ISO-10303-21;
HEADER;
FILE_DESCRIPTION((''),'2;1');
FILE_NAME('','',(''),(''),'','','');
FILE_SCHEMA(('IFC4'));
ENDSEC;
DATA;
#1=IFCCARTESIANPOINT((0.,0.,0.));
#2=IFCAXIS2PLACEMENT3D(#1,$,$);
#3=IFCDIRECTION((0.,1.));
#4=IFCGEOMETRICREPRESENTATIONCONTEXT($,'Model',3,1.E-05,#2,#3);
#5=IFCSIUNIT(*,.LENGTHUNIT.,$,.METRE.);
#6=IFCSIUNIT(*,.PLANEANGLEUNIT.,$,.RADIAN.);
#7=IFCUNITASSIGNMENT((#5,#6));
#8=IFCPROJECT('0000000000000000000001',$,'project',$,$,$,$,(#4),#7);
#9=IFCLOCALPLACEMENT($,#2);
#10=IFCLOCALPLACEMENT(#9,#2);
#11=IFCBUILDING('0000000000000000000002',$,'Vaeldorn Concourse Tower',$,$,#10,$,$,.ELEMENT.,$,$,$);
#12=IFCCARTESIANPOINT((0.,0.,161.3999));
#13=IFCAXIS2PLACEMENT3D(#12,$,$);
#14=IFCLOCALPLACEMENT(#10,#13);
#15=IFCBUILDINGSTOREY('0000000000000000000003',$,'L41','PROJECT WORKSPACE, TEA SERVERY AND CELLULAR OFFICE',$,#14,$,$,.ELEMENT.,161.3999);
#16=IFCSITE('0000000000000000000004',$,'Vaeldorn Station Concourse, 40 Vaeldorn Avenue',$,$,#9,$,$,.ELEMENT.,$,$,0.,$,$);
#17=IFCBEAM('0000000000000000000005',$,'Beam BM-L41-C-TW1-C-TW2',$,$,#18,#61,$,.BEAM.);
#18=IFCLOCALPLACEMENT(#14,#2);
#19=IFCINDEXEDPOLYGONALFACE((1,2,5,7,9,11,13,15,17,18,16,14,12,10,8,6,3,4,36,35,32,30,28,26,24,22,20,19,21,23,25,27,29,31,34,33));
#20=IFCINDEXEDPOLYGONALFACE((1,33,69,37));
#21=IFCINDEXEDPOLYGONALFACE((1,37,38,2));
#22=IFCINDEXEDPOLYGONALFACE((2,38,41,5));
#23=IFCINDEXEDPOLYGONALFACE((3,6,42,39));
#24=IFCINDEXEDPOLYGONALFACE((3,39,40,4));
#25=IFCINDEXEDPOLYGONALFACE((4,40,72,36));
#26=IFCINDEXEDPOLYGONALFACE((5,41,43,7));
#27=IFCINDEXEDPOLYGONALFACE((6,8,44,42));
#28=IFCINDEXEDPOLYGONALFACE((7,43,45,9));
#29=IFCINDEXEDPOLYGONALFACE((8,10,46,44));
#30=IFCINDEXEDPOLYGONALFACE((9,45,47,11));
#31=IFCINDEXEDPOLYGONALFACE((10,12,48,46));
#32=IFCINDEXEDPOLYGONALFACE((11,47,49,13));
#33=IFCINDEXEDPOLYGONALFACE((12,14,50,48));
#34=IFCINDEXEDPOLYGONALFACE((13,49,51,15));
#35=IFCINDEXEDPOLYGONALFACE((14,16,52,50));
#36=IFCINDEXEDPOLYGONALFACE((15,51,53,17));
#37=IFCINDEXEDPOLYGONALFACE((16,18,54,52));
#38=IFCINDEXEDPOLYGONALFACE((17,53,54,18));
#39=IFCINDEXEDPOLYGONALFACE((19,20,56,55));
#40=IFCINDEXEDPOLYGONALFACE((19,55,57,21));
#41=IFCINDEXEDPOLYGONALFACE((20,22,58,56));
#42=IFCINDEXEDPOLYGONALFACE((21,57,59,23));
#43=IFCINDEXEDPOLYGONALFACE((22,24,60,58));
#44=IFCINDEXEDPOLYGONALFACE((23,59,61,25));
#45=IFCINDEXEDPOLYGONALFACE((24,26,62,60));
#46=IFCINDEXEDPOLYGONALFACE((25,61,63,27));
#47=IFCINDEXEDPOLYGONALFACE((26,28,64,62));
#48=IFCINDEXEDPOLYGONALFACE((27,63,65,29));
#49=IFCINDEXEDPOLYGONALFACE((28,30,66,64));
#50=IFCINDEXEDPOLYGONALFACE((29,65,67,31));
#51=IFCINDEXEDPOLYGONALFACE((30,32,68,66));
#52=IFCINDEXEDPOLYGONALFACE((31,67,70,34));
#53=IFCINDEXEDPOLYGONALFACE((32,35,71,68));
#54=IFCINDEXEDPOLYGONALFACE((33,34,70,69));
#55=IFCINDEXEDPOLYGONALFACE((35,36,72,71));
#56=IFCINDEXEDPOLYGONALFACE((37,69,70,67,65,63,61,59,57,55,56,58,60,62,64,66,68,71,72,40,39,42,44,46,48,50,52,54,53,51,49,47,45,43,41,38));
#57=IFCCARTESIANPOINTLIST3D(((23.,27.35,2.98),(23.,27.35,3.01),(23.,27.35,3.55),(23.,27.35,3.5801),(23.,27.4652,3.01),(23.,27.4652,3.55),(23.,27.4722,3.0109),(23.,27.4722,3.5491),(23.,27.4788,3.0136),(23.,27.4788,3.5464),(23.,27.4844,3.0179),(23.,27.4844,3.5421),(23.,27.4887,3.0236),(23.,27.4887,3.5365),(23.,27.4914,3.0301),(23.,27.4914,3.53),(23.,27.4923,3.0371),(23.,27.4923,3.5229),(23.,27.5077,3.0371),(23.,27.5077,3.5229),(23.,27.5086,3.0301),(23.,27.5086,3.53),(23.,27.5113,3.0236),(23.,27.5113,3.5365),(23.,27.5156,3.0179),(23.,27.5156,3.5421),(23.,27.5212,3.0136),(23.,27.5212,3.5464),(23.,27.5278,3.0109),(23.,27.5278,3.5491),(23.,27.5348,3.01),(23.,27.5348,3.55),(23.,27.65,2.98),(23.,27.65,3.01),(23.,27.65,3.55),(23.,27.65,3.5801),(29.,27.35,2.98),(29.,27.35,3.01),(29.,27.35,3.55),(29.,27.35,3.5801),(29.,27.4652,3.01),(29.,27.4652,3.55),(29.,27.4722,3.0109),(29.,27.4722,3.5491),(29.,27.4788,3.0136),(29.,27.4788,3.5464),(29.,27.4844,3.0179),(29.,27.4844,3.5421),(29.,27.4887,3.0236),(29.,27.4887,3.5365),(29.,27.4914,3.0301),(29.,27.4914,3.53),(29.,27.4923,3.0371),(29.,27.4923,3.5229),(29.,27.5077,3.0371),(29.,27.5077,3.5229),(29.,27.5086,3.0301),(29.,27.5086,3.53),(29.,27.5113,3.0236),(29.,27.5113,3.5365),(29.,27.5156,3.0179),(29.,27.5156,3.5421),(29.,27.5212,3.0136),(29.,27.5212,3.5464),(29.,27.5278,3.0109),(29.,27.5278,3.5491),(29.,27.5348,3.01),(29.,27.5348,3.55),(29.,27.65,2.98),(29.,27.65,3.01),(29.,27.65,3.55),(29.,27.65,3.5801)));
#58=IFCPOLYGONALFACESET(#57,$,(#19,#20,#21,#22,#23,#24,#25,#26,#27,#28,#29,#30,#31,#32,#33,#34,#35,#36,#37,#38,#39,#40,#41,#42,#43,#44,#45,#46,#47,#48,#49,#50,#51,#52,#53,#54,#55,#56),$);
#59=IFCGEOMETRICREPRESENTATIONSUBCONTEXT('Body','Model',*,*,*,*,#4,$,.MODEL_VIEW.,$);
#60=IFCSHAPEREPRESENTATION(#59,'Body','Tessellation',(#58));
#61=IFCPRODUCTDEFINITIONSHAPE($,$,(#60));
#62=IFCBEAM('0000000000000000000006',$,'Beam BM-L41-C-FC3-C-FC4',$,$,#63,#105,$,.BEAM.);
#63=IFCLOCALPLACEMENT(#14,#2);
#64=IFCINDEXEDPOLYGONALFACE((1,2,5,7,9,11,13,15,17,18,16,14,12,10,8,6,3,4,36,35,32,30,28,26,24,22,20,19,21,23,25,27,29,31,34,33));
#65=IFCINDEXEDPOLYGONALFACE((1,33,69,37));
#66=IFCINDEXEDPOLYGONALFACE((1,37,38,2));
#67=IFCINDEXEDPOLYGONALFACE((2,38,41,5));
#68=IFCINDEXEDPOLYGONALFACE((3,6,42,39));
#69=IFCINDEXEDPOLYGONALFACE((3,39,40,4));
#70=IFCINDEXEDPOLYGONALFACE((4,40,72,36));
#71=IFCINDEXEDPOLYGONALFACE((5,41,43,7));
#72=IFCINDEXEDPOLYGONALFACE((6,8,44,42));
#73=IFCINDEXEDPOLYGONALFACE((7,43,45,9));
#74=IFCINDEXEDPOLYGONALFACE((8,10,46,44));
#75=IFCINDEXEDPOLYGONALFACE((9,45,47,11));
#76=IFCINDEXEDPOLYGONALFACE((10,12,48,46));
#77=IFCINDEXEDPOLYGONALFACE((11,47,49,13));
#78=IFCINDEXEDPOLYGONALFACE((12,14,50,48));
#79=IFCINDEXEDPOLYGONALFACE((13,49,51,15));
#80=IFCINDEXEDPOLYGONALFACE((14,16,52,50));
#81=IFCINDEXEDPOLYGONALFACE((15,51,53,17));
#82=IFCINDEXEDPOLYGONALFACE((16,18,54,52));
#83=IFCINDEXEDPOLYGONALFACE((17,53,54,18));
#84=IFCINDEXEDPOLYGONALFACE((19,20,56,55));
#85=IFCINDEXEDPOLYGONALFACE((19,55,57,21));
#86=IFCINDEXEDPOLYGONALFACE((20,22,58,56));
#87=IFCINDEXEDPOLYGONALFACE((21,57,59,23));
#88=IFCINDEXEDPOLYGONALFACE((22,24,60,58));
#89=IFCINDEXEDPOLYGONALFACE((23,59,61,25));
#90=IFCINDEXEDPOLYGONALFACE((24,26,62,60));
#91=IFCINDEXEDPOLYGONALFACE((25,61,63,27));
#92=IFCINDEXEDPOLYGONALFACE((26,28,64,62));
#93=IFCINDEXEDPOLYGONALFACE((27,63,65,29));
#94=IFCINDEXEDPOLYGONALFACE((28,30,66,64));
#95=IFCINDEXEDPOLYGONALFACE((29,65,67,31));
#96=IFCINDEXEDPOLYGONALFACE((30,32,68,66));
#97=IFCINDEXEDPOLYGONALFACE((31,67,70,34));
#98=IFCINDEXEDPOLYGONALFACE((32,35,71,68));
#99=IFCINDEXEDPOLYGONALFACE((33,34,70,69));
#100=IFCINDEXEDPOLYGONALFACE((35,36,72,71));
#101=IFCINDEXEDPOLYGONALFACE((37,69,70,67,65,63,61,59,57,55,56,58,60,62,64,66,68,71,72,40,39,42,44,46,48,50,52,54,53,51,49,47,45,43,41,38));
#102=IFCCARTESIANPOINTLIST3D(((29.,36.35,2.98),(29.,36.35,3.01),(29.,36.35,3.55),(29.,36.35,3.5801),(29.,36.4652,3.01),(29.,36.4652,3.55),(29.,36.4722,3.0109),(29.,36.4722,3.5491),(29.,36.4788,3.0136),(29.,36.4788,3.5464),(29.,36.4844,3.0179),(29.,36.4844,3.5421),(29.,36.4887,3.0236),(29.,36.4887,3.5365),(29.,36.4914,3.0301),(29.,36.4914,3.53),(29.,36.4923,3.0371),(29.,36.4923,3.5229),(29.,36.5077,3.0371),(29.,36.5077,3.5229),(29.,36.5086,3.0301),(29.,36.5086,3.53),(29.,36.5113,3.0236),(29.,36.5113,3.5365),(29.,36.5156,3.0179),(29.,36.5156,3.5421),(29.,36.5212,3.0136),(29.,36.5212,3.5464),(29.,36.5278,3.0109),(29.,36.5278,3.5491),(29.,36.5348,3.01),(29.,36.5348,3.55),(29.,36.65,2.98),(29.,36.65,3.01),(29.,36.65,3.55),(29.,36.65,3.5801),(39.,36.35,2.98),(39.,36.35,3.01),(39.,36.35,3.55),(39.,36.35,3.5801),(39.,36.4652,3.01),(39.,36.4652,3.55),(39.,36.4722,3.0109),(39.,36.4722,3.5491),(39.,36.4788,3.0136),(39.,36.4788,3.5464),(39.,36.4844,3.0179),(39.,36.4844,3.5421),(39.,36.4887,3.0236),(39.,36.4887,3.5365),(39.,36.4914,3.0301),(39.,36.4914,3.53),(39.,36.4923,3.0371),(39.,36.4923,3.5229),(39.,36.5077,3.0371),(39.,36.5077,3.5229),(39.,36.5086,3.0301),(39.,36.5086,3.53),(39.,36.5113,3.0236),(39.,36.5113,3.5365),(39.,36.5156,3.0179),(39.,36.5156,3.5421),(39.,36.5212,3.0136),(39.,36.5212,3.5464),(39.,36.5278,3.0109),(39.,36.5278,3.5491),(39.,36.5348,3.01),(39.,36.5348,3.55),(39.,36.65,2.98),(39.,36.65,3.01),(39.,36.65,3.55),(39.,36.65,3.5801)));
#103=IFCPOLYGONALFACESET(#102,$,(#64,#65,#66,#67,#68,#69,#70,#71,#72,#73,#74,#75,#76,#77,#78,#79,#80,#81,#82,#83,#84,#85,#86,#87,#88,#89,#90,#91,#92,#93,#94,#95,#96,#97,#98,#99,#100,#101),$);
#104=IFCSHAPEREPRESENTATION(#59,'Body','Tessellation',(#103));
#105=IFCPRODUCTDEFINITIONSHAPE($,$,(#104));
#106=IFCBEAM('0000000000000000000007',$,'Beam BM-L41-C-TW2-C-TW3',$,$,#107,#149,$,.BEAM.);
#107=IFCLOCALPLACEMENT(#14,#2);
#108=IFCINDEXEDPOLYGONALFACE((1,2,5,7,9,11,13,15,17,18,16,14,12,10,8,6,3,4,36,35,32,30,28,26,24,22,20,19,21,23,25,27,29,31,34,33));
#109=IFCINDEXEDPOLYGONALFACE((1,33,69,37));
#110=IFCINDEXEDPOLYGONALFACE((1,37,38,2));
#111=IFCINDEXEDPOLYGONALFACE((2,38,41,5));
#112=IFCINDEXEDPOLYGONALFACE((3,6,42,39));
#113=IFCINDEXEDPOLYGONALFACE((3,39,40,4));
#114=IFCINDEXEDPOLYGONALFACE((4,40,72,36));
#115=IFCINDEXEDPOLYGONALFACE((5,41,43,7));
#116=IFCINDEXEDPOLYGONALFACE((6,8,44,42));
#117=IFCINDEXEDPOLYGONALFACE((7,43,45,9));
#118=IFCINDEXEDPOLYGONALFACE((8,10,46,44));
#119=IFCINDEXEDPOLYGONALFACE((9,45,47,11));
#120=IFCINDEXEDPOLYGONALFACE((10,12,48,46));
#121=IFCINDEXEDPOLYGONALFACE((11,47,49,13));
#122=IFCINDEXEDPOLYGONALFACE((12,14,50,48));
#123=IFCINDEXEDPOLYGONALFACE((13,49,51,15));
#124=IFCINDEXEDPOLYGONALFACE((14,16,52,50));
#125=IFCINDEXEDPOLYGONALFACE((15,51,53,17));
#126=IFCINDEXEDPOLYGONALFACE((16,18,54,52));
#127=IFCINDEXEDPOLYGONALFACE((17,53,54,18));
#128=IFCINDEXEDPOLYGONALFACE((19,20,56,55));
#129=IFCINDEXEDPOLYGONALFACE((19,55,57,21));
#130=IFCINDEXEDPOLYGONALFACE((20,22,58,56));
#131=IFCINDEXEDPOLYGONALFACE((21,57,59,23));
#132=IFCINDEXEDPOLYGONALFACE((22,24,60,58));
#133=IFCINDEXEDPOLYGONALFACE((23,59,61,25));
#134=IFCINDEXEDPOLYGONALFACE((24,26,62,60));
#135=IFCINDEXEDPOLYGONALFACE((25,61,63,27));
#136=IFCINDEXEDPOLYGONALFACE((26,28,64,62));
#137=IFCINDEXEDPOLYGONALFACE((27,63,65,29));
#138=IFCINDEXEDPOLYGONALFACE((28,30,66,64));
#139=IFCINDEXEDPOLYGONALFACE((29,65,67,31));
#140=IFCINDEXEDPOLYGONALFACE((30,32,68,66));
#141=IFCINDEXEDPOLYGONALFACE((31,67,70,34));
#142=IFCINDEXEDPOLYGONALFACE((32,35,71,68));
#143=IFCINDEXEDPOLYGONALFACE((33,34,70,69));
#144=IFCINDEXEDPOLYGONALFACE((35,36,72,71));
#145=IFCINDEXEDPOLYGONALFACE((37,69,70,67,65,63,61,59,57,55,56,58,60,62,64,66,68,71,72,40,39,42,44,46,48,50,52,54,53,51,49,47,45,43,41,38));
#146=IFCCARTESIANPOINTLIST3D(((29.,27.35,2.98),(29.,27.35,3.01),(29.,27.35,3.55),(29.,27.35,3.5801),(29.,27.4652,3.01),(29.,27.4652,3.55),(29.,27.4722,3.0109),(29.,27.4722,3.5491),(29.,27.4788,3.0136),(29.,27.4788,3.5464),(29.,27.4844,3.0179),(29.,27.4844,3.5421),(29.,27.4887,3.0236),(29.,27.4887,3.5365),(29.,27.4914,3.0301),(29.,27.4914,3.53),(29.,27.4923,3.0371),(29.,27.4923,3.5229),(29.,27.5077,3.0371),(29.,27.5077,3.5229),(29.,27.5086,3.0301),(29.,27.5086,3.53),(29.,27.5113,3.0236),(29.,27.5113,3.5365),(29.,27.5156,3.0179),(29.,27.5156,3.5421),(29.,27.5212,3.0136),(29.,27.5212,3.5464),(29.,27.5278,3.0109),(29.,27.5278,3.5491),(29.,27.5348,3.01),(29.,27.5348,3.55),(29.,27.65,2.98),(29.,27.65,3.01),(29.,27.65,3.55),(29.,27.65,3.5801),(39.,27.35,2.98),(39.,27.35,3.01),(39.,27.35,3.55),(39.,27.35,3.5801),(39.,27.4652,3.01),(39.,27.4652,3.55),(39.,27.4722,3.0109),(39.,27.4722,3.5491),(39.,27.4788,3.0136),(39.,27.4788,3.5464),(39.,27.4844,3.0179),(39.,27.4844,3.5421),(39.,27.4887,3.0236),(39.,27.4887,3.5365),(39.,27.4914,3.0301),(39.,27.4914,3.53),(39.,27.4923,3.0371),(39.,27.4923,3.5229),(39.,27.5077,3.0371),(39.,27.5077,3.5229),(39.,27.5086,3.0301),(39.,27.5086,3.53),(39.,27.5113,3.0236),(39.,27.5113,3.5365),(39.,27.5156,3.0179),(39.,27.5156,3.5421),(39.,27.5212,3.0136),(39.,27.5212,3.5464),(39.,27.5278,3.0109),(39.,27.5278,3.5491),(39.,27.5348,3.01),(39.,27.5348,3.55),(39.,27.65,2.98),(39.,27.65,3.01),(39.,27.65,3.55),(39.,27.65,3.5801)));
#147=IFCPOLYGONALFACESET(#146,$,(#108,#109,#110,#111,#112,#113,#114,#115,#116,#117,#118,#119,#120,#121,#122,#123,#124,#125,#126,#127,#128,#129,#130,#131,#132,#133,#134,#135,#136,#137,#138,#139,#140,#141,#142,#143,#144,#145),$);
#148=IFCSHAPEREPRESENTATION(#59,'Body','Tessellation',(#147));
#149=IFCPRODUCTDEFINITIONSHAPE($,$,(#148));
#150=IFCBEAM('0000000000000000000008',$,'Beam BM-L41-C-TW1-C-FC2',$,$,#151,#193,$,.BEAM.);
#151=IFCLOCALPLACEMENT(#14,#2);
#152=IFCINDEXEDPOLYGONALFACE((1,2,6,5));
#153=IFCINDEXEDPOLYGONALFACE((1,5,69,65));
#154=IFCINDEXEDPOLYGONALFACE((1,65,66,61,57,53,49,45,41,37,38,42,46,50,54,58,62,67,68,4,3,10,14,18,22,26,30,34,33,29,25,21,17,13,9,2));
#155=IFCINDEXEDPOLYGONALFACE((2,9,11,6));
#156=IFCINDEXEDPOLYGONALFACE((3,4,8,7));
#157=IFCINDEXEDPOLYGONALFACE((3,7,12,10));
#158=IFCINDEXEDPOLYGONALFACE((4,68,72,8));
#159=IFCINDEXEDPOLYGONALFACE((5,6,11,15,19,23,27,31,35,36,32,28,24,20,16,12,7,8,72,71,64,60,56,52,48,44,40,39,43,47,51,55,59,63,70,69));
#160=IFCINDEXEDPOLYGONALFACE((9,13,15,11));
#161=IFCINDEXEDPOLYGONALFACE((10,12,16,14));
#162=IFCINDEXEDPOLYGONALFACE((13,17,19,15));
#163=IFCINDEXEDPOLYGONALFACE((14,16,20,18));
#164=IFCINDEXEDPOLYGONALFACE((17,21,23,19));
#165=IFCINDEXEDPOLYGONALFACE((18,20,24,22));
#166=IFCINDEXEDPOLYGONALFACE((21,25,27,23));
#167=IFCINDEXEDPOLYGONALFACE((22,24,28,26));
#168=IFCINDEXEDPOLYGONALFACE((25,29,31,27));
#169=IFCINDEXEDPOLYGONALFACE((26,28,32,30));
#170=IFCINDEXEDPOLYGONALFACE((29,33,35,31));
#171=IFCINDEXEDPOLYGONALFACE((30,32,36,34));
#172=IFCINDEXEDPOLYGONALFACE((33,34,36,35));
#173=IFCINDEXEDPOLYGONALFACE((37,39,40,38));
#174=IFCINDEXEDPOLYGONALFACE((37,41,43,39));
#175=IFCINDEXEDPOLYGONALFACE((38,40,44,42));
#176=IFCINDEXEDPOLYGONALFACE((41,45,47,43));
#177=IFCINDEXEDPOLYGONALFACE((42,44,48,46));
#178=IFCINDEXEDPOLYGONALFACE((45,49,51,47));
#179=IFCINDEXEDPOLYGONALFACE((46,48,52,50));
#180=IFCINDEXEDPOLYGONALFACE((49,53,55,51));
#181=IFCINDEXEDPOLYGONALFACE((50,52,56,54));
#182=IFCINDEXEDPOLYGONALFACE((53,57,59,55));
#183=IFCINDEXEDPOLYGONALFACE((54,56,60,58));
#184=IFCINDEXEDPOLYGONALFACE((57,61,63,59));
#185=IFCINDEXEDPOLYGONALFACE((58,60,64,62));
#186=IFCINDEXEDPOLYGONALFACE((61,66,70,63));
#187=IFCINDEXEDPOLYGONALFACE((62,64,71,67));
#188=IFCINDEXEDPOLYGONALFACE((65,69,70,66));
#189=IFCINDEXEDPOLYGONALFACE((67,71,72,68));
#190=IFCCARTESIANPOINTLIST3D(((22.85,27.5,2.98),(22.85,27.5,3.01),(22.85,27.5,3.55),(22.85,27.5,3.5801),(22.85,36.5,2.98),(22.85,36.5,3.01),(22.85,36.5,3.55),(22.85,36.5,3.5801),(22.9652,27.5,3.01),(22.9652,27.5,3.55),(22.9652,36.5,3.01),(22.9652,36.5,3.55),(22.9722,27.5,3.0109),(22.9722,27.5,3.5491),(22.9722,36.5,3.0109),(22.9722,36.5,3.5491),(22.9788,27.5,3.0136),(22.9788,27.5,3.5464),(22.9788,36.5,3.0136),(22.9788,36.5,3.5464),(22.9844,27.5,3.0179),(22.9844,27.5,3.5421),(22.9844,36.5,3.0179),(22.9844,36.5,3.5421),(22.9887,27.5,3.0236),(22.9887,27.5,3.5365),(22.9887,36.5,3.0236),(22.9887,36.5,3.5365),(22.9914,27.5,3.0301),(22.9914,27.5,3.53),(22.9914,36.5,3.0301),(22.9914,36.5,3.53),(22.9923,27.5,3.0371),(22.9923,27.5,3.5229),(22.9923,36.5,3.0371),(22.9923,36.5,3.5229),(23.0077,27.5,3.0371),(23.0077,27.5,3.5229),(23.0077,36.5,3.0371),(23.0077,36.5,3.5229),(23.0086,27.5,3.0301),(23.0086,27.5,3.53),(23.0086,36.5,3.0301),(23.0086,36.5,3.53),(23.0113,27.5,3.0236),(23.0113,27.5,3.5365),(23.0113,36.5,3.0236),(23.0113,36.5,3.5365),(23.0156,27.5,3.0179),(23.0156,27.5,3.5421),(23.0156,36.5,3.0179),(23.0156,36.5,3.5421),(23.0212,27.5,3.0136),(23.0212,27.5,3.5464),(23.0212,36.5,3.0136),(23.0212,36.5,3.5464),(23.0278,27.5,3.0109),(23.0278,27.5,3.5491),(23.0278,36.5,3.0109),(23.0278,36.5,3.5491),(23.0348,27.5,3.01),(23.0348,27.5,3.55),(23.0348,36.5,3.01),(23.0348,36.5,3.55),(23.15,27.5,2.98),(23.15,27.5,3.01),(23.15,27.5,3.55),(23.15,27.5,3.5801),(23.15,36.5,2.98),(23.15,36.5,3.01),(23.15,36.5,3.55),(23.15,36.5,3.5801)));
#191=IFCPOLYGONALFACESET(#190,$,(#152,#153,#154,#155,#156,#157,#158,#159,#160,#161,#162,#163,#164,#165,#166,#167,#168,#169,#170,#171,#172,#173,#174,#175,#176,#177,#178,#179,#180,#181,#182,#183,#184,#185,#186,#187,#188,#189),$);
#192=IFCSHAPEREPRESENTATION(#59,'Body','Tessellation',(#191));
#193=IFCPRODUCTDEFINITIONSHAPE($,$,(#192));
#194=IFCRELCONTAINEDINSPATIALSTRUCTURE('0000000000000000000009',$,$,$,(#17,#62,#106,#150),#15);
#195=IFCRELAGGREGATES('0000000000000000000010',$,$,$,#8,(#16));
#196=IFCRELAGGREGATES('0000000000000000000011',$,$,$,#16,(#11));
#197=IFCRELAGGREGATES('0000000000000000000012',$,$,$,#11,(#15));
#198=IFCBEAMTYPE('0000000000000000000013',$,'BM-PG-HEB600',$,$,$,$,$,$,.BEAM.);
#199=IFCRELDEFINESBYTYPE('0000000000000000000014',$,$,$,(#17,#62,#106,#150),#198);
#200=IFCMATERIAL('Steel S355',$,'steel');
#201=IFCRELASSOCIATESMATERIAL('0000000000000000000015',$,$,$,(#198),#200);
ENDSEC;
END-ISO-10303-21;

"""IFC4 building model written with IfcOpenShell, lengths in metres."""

from ifc_helpers import new_model, si_unit, direction, frame, origin, origin_2d, place, context, subcontext, project, spatial, i_section, extrude, source, transform, mapped, material, material_profile, profile_set, type_object, element, save


model = new_model("IFC4")

# Units and contexts
model_context = context("Model", 3, precision=1e-05, world=origin(), true_north=direction((0.0, 1.0)))
body_context = subcontext(model_context, "Body", "Model", "MODEL_VIEW")
ifc_project = project(units=[si_unit("LENGTHUNIT", "METRE"), si_unit("PLANEANGLEUNIT", "RADIAN")], contexts=[model_context])

# Site, building, storey
site_placement = place(None, origin())
site = spatial("IfcSite", under=ifc_project, at=site_placement, Name="Vaeldorn Station Concourse, 40 Vaeldorn Avenue", CompositionType="ELEMENT", RefElevation=0.0)
building_placement = place(site_placement, origin())
building = spatial("IfcBuilding", under=site, at=building_placement, Name="Vaeldorn Concourse Tower", CompositionType="ELEMENT")
storey_placement = place(building_placement, frame((0.0, 0.0, 161.3999)))
storey = spatial("IfcBuildingStorey", under=building, at=storey_placement, Name="L41", Description="PROJECT WORKSPACE, TEA SERVERY AND CELLULAR OFFICE", CompositionType="ELEMENT", Elevation=161.3999)

# Beams
ifc_material_1 = material(Name="Steel S355", Category="steel")
ifc_material_profile_1 = material_profile(ifc_material_1, i_section(OverallWidth=0.3, OverallDepth=0.6001, WebThickness=0.0154, FlangeThickness=0.03, FilletRadius=0.0271, at=origin_2d()), Name="HEB 600")
ifc_profile_set_1 = profile_set([ifc_material_profile_1], Name="Steel S355")
beam_type_1 = type_object("IfcBeamType", Name="BM-PG-HEB600", PredefinedType="BEAM", material=ifc_profile_set_1)
shared_shape_1 = source(origin(), body_context, "Body", "SweptSolid", [
    extrude(i_section(OverallWidth=0.3, OverallDepth=0.6001, WebThickness=0.0154, FlangeThickness=0.03, FilletRadius=0.0271, at=origin_2d()), origin(), (0.0, 0.0, 1.0), 6.0),
])
for number, where, z_axis, x_axis, name in (
    (1, (23.0, 27.5, 3.28), (1.0, 0.0, 0.0), (0.0, 1.0, 0.0), "Beam BM-L41-C-TW1-C-TW2"),
):
    element("IfcBeam", number, at=place(storey_placement, frame(where, z_axis=z_axis, x_axis=x_axis)), inside=storey, type_object=beam_type_1, Name=name, PredefinedType="BEAM", context=body_context, shape_type="MappedRepresentation", body=[
        mapped(shared_shape_1, transform((0.0, 0.0, 0.0), scale=1.0)),
    ])
shared_shape_2 = source(origin(), body_context, "Body", "SweptSolid", [
    extrude(i_section(OverallWidth=0.3, OverallDepth=0.6001, WebThickness=0.0154, FlangeThickness=0.03, FilletRadius=0.0271, at=origin_2d()), origin(), (0.0, 0.0, 1.0), 10.0),
])
for number, where, z_axis, x_axis, name in (
    (2, (29.0, 36.5, 3.28), (1.0, 0.0, 0.0), (0.0, 1.0, 0.0), "Beam BM-L41-C-FC3-C-FC4"),
    (3, (29.0, 27.5, 3.28), (1.0, 0.0, 0.0), (0.0, 1.0, 0.0), "Beam BM-L41-C-TW2-C-TW3"),
):
    element("IfcBeam", number, at=place(storey_placement, frame(where, z_axis=z_axis, x_axis=x_axis)), inside=storey, type_object=beam_type_1, Name=name, PredefinedType="BEAM", context=body_context, shape_type="MappedRepresentation", body=[
        mapped(shared_shape_2, transform((0.0, 0.0, 0.0), scale=1.0)),
    ])
shared_shape_3 = source(origin(), body_context, "Body", "SweptSolid", [
    extrude(i_section(OverallWidth=0.3, OverallDepth=0.6001, WebThickness=0.0154, FlangeThickness=0.03, FilletRadius=0.0271, at=origin_2d()), origin(), (0.0, 0.0, 1.0), 9.0),
])
for number, where, z_axis, x_axis, name in (
    (4, (23.0, 27.5, 3.28), (0.0, 1.0, 0.0), (-1.0, 0.0, 0.0), "Beam BM-L41-C-TW1-C-FC2"),
):
    element("IfcBeam", number, at=place(storey_placement, frame(where, z_axis=z_axis, x_axis=x_axis)), inside=storey, type_object=beam_type_1, Name=name, PredefinedType="BEAM", context=body_context, shape_type="MappedRepresentation", body=[
        mapped(shared_shape_3, transform((0.0, 0.0, 0.0), scale=1.0)),
    ])

save(model, "model.ifc")
